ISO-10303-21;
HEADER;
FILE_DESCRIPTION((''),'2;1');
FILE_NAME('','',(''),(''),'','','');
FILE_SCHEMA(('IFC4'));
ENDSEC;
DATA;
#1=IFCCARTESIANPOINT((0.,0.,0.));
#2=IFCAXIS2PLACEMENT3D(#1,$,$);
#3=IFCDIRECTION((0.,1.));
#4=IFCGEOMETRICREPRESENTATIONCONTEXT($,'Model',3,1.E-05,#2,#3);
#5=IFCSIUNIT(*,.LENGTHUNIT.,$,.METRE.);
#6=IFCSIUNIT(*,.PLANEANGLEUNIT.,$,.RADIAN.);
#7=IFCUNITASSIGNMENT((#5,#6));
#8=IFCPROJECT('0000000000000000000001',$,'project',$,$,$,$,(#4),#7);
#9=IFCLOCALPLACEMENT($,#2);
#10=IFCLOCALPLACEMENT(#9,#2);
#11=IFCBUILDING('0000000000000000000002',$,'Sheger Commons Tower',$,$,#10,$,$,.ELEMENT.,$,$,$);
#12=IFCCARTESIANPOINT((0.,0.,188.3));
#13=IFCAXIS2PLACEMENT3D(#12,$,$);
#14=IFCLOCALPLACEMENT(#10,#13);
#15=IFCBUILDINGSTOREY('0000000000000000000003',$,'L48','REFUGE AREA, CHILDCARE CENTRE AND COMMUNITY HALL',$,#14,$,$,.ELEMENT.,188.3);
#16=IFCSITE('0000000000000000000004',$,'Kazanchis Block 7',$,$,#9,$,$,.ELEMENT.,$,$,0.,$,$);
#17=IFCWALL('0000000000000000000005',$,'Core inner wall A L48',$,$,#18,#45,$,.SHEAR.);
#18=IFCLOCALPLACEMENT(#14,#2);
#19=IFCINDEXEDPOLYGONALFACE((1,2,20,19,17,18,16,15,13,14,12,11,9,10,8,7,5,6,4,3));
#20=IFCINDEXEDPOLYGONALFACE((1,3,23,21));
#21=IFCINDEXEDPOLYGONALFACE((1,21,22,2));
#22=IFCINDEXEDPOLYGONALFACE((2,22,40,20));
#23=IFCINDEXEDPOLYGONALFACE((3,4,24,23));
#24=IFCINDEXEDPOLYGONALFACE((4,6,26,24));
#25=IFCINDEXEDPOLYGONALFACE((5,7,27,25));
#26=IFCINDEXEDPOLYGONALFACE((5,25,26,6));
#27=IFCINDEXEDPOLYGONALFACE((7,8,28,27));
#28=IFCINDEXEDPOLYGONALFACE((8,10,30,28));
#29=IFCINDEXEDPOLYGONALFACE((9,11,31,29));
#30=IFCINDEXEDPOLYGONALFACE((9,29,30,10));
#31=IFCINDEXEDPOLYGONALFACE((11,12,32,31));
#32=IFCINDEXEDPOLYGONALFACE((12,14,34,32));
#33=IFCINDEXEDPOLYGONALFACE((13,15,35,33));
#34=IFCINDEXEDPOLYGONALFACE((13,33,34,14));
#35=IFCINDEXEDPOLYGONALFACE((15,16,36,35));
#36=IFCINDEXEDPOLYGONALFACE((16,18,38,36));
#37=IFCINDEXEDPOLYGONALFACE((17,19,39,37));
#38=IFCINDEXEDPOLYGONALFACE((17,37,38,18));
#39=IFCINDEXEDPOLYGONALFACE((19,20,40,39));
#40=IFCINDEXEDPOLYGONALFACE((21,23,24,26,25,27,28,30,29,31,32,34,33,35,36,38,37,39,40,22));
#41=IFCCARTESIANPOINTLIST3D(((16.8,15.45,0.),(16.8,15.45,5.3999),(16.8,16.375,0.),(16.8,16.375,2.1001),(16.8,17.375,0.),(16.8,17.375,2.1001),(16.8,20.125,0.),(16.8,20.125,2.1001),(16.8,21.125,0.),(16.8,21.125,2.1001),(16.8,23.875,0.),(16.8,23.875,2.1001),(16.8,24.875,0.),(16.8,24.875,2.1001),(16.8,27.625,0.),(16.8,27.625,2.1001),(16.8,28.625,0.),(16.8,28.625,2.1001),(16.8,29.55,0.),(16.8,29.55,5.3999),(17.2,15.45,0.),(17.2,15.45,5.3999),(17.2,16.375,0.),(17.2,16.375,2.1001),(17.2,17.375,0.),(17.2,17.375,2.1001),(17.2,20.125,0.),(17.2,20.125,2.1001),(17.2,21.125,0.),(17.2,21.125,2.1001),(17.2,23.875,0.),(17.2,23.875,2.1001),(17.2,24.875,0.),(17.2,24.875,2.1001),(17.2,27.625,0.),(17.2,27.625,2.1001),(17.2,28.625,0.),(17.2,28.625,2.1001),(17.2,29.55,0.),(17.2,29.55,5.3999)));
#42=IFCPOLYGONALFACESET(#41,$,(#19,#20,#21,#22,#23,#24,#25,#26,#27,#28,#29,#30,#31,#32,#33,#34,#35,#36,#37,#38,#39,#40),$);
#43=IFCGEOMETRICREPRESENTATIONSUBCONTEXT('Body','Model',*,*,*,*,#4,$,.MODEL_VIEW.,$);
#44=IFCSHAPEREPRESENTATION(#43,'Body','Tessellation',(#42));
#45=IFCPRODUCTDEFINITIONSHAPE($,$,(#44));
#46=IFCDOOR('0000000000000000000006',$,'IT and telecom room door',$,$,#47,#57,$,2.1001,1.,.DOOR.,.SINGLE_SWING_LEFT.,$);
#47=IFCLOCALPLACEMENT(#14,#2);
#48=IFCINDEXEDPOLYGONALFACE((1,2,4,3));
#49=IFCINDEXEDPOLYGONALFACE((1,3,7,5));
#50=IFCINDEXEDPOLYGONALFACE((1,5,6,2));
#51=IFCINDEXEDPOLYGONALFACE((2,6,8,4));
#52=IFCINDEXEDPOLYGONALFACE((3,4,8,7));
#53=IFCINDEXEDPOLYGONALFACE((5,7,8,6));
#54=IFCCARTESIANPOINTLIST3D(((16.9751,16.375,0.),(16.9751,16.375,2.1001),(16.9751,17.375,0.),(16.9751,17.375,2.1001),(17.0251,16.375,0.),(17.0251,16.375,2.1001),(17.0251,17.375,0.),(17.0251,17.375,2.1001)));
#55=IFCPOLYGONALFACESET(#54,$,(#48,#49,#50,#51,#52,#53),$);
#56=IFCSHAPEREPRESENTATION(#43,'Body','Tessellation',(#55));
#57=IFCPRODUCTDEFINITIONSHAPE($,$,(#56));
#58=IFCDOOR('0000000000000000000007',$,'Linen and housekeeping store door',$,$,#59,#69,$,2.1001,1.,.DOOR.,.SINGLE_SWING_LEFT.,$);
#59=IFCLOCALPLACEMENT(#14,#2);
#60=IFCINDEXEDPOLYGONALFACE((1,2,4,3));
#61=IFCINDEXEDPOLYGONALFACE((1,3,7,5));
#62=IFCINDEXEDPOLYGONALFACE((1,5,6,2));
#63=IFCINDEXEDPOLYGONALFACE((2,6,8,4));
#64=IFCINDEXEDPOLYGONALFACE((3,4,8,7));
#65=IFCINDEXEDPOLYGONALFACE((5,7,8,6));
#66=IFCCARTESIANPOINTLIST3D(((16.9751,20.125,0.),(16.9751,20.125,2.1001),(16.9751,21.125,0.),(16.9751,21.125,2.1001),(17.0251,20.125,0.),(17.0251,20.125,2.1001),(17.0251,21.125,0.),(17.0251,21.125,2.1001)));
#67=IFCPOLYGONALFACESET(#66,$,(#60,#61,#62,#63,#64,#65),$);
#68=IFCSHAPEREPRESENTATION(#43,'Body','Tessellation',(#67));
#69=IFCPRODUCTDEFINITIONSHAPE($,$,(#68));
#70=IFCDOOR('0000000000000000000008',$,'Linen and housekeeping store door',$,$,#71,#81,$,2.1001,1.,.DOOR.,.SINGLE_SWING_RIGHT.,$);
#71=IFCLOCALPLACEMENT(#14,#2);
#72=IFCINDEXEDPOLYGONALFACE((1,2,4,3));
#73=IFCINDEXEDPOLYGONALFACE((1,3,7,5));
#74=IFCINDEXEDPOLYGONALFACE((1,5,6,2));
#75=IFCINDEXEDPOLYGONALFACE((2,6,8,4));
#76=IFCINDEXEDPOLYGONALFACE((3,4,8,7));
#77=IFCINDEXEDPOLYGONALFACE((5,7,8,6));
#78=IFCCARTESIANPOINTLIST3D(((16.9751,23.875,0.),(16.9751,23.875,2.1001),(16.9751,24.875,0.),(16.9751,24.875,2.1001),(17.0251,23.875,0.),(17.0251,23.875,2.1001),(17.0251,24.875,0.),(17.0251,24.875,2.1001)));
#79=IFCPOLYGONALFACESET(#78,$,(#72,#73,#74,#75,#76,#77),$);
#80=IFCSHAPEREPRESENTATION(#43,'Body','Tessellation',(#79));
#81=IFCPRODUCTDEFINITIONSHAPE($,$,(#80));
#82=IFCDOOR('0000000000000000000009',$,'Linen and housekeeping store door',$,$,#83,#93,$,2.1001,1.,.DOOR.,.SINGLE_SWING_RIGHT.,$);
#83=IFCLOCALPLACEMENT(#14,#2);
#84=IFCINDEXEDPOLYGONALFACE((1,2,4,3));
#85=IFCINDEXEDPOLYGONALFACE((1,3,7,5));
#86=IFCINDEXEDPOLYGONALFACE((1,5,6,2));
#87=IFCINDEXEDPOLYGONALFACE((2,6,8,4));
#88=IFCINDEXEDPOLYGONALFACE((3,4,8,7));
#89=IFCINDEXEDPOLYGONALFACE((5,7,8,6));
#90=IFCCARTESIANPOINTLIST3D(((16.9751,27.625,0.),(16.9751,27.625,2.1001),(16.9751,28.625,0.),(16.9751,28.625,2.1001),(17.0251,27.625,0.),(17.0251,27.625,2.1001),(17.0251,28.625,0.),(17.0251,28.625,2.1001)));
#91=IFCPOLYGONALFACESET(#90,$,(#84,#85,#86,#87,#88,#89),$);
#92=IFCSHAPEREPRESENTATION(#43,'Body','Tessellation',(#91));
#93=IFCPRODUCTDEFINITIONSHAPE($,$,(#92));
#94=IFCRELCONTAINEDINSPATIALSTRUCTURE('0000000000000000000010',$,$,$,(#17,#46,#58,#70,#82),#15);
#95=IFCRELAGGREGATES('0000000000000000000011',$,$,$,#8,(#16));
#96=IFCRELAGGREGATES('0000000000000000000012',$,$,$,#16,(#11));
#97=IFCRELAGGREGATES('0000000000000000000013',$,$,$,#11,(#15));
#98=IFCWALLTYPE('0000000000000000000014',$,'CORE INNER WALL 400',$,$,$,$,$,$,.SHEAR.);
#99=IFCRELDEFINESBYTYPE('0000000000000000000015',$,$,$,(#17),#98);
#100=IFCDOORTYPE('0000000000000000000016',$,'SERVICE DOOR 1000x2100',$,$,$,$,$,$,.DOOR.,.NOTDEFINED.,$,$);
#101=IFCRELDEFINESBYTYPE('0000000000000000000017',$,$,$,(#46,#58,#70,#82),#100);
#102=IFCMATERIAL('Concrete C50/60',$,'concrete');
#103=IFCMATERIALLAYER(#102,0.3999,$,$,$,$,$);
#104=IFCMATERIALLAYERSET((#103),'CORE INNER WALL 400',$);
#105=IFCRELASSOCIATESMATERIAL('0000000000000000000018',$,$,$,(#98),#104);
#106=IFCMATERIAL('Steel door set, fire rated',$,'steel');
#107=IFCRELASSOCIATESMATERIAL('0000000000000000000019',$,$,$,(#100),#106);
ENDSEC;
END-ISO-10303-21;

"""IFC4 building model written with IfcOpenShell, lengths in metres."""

from ifc_helpers import new_model, si_unit, direction, frame, frame_2d, origin, place, context, subcontext, project, spatial, rectangle, extrude, material, layer, layer_set, type_object, element, fill, save


model = new_model("IFC4")

# Units and contexts
model_context = context("Model", 3, precision=1e-05, world=origin(), true_north=direction((0.0, 1.0)))
body_context = subcontext(model_context, "Body", "Model", "MODEL_VIEW")
ifc_project = project(units=[si_unit("LENGTHUNIT", "METRE"), si_unit("PLANEANGLEUNIT", "RADIAN")], contexts=[model_context])

# Site, building, storey
site_placement = place(None, origin())
site = spatial("IfcSite", under=ifc_project, at=site_placement, Name="Kazanchis Block 7", CompositionType="ELEMENT", RefElevation=0.0)
building_placement = place(site_placement, origin())
building = spatial("IfcBuilding", under=site, at=building_placement, Name="Sheger Commons Tower", CompositionType="ELEMENT")
storey_placement = place(building_placement, frame((0.0, 0.0, 188.3)))
storey = spatial("IfcBuildingStorey", under=building, at=storey_placement, Name="L48", Description="REFUGE AREA, CHILDCARE CENTRE AND COMMUNITY HALL", CompositionType="ELEMENT", Elevation=188.3)

# Wall, openings, doors
ifc_material_1 = material(Name="Concrete C50/60", Category="concrete")
ifc_layer_1 = layer(ifc_material_1, 0.3999)
ifc_layer_set_1 = layer_set([ifc_layer_1], Name="CORE INNER WALL 400")
wall_type_1 = type_object("IfcWallType", Name="CORE INNER WALL 400", PredefinedType="SHEAR", material=ifc_layer_set_1)
wall_1_placement = place(storey_placement, frame((17.0, 15.45, 0.0), z_axis=(0.0, 0.0, 1.0), x_axis=(0.0, 1.0, 0.0)))
wall_1 = element("IfcWall", 1, at=wall_1_placement, inside=storey, type_object=wall_type_1, Name="Core inner wall A L48", PredefinedType="SHEAR", context=body_context, shape_type="SweptSolid", body=[
    extrude(rectangle(XDim=14.1001, YDim=0.3999, at=frame_2d((7.05, 0.0))), origin(), (0.0, 0.0, 1.0), 5.3999),
])
opening_1_placement = place(wall_1_placement, frame((0.925, 0.0, 0.0)))
opening_1 = element("IfcOpeningElement", 2, at=opening_1_placement, cuts=wall_1, PredefinedType="OPENING", context=body_context, shape_type="SweptSolid", body=[
    extrude(rectangle(XDim=1.0, YDim=2.1001, at=frame_2d((0.5, 1.05))), frame((0.0, 0.21, 0.0), z_axis=(0.0, -1.0, 0.0), x_axis=(1.0, 0.0, 0.0)), (0.0, 0.0, 1.0), 0.4199),
])
opening_2_placement = place(wall_1_placement, frame((4.675, 0.0, 0.0)))
opening_2 = element("IfcOpeningElement", 3, at=opening_2_placement, cuts=wall_1, PredefinedType="OPENING", context=body_context, shape_type="SweptSolid", body=[
    extrude(rectangle(XDim=1.0, YDim=2.1001, at=frame_2d((0.5, 1.05))), frame((0.0, 0.21, 0.0), z_axis=(0.0, -1.0, 0.0), x_axis=(1.0, 0.0, 0.0)), (0.0, 0.0, 1.0), 0.4199),
])
opening_3_placement = place(wall_1_placement, frame((8.425, 0.0, 0.0)))
opening_3 = element("IfcOpeningElement", 4, at=opening_3_placement, cuts=wall_1, PredefinedType="OPENING", context=body_context, shape_type="SweptSolid", body=[
    extrude(rectangle(XDim=1.0, YDim=2.1001, at=frame_2d((0.5, 1.05))), frame((0.0, 0.21, 0.0), z_axis=(0.0, -1.0, 0.0), x_axis=(1.0, 0.0, 0.0)), (0.0, 0.0, 1.0), 0.4199),
])
opening_4_placement = place(wall_1_placement, frame((12.175, 0.0, 0.0)))
opening_4 = element("IfcOpeningElement", 5, at=opening_4_placement, cuts=wall_1, PredefinedType="OPENING", context=body_context, shape_type="SweptSolid", body=[
    extrude(rectangle(XDim=1.0, YDim=2.1001, at=frame_2d((0.5, 1.05))), frame((0.0, 0.21, 0.0), z_axis=(0.0, -1.0, 0.0), x_axis=(1.0, 0.0, 0.0)), (0.0, 0.0, 1.0), 0.4199),
])
ifc_material_2 = material(Name="Steel door set, fire rated", Category="steel")
door_type_1 = type_object("IfcDoorType", Name="SERVICE DOOR 1000x2100", OperationType="NOTDEFINED", PredefinedType="DOOR", material=ifc_material_2)
door_1_placement = place(opening_1_placement, origin())
door_1 = element("IfcDoor", 6, at=door_1_placement, inside=storey, type_object=door_type_1, Name="IT and telecom room door", OperationType="SINGLE_SWING_LEFT", OverallHeight=2.1001, OverallWidth=1.0, PredefinedType="DOOR", context=body_context, shape_type="SweptSolid", body=[
    extrude(rectangle(XDim=1.0, YDim=2.1001, at=frame_2d((0.5, 1.05))), frame((0.0, 0.0249, 0.0), z_axis=(0.0, -1.0, 0.0), x_axis=(1.0, 0.0, 0.0)), (0.0, 0.0, 1.0), 0.05),
])
fill(opening_1, door_1)
door_2_placement = place(opening_2_placement, origin())
door_2 = element("IfcDoor", 7, at=door_2_placement, inside=storey, type_object=door_type_1, Name="Linen and housekeeping store door", OperationType="SINGLE_SWING_LEFT", OverallHeight=2.1001, OverallWidth=1.0, PredefinedType="DOOR", context=body_context, shape_type="SweptSolid", body=[
    extrude(rectangle(XDim=1.0, YDim=2.1001, at=frame_2d((0.5, 1.05))), frame((0.0, 0.0249, 0.0), z_axis=(0.0, -1.0, 0.0), x_axis=(1.0, 0.0, 0.0)), (0.0, 0.0, 1.0), 0.05),
])
fill(opening_2, door_2)
door_3_placement = place(opening_3_placement, origin())
door_3 = element("IfcDoor", 8, at=door_3_placement, inside=storey, type_object=door_type_1, Name="Linen and housekeeping store door", OperationType="SINGLE_SWING_RIGHT", OverallHeight=2.1001, OverallWidth=1.0, PredefinedType="DOOR", context=body_context, shape_type="SweptSolid", body=[
    extrude(rectangle(XDim=1.0, YDim=2.1001, at=frame_2d((0.5, 1.05))), frame((0.0, 0.0249, 0.0), z_axis=(0.0, -1.0, 0.0), x_axis=(1.0, 0.0, 0.0)), (0.0, 0.0, 1.0), 0.05),
])
fill(opening_3, door_3)
door_4_placement = place(opening_4_placement, origin())
door_4 = element("IfcDoor", 9, at=door_4_placement, inside=storey, type_object=door_type_1, Name="Linen and housekeeping store door", OperationType="SINGLE_SWING_RIGHT", OverallHeight=2.1001, OverallWidth=1.0, PredefinedType="DOOR", context=body_context, shape_type="SweptSolid", body=[
    extrude(rectangle(XDim=1.0, YDim=2.1001, at=frame_2d((0.5, 1.05))), frame((0.0, 0.0249, 0.0), z_axis=(0.0, -1.0, 0.0), x_axis=(1.0, 0.0, 0.0)), (0.0, 0.0, 1.0), 0.05),
])
fill(opening_4, door_4)

save(model, "model.ifc")
